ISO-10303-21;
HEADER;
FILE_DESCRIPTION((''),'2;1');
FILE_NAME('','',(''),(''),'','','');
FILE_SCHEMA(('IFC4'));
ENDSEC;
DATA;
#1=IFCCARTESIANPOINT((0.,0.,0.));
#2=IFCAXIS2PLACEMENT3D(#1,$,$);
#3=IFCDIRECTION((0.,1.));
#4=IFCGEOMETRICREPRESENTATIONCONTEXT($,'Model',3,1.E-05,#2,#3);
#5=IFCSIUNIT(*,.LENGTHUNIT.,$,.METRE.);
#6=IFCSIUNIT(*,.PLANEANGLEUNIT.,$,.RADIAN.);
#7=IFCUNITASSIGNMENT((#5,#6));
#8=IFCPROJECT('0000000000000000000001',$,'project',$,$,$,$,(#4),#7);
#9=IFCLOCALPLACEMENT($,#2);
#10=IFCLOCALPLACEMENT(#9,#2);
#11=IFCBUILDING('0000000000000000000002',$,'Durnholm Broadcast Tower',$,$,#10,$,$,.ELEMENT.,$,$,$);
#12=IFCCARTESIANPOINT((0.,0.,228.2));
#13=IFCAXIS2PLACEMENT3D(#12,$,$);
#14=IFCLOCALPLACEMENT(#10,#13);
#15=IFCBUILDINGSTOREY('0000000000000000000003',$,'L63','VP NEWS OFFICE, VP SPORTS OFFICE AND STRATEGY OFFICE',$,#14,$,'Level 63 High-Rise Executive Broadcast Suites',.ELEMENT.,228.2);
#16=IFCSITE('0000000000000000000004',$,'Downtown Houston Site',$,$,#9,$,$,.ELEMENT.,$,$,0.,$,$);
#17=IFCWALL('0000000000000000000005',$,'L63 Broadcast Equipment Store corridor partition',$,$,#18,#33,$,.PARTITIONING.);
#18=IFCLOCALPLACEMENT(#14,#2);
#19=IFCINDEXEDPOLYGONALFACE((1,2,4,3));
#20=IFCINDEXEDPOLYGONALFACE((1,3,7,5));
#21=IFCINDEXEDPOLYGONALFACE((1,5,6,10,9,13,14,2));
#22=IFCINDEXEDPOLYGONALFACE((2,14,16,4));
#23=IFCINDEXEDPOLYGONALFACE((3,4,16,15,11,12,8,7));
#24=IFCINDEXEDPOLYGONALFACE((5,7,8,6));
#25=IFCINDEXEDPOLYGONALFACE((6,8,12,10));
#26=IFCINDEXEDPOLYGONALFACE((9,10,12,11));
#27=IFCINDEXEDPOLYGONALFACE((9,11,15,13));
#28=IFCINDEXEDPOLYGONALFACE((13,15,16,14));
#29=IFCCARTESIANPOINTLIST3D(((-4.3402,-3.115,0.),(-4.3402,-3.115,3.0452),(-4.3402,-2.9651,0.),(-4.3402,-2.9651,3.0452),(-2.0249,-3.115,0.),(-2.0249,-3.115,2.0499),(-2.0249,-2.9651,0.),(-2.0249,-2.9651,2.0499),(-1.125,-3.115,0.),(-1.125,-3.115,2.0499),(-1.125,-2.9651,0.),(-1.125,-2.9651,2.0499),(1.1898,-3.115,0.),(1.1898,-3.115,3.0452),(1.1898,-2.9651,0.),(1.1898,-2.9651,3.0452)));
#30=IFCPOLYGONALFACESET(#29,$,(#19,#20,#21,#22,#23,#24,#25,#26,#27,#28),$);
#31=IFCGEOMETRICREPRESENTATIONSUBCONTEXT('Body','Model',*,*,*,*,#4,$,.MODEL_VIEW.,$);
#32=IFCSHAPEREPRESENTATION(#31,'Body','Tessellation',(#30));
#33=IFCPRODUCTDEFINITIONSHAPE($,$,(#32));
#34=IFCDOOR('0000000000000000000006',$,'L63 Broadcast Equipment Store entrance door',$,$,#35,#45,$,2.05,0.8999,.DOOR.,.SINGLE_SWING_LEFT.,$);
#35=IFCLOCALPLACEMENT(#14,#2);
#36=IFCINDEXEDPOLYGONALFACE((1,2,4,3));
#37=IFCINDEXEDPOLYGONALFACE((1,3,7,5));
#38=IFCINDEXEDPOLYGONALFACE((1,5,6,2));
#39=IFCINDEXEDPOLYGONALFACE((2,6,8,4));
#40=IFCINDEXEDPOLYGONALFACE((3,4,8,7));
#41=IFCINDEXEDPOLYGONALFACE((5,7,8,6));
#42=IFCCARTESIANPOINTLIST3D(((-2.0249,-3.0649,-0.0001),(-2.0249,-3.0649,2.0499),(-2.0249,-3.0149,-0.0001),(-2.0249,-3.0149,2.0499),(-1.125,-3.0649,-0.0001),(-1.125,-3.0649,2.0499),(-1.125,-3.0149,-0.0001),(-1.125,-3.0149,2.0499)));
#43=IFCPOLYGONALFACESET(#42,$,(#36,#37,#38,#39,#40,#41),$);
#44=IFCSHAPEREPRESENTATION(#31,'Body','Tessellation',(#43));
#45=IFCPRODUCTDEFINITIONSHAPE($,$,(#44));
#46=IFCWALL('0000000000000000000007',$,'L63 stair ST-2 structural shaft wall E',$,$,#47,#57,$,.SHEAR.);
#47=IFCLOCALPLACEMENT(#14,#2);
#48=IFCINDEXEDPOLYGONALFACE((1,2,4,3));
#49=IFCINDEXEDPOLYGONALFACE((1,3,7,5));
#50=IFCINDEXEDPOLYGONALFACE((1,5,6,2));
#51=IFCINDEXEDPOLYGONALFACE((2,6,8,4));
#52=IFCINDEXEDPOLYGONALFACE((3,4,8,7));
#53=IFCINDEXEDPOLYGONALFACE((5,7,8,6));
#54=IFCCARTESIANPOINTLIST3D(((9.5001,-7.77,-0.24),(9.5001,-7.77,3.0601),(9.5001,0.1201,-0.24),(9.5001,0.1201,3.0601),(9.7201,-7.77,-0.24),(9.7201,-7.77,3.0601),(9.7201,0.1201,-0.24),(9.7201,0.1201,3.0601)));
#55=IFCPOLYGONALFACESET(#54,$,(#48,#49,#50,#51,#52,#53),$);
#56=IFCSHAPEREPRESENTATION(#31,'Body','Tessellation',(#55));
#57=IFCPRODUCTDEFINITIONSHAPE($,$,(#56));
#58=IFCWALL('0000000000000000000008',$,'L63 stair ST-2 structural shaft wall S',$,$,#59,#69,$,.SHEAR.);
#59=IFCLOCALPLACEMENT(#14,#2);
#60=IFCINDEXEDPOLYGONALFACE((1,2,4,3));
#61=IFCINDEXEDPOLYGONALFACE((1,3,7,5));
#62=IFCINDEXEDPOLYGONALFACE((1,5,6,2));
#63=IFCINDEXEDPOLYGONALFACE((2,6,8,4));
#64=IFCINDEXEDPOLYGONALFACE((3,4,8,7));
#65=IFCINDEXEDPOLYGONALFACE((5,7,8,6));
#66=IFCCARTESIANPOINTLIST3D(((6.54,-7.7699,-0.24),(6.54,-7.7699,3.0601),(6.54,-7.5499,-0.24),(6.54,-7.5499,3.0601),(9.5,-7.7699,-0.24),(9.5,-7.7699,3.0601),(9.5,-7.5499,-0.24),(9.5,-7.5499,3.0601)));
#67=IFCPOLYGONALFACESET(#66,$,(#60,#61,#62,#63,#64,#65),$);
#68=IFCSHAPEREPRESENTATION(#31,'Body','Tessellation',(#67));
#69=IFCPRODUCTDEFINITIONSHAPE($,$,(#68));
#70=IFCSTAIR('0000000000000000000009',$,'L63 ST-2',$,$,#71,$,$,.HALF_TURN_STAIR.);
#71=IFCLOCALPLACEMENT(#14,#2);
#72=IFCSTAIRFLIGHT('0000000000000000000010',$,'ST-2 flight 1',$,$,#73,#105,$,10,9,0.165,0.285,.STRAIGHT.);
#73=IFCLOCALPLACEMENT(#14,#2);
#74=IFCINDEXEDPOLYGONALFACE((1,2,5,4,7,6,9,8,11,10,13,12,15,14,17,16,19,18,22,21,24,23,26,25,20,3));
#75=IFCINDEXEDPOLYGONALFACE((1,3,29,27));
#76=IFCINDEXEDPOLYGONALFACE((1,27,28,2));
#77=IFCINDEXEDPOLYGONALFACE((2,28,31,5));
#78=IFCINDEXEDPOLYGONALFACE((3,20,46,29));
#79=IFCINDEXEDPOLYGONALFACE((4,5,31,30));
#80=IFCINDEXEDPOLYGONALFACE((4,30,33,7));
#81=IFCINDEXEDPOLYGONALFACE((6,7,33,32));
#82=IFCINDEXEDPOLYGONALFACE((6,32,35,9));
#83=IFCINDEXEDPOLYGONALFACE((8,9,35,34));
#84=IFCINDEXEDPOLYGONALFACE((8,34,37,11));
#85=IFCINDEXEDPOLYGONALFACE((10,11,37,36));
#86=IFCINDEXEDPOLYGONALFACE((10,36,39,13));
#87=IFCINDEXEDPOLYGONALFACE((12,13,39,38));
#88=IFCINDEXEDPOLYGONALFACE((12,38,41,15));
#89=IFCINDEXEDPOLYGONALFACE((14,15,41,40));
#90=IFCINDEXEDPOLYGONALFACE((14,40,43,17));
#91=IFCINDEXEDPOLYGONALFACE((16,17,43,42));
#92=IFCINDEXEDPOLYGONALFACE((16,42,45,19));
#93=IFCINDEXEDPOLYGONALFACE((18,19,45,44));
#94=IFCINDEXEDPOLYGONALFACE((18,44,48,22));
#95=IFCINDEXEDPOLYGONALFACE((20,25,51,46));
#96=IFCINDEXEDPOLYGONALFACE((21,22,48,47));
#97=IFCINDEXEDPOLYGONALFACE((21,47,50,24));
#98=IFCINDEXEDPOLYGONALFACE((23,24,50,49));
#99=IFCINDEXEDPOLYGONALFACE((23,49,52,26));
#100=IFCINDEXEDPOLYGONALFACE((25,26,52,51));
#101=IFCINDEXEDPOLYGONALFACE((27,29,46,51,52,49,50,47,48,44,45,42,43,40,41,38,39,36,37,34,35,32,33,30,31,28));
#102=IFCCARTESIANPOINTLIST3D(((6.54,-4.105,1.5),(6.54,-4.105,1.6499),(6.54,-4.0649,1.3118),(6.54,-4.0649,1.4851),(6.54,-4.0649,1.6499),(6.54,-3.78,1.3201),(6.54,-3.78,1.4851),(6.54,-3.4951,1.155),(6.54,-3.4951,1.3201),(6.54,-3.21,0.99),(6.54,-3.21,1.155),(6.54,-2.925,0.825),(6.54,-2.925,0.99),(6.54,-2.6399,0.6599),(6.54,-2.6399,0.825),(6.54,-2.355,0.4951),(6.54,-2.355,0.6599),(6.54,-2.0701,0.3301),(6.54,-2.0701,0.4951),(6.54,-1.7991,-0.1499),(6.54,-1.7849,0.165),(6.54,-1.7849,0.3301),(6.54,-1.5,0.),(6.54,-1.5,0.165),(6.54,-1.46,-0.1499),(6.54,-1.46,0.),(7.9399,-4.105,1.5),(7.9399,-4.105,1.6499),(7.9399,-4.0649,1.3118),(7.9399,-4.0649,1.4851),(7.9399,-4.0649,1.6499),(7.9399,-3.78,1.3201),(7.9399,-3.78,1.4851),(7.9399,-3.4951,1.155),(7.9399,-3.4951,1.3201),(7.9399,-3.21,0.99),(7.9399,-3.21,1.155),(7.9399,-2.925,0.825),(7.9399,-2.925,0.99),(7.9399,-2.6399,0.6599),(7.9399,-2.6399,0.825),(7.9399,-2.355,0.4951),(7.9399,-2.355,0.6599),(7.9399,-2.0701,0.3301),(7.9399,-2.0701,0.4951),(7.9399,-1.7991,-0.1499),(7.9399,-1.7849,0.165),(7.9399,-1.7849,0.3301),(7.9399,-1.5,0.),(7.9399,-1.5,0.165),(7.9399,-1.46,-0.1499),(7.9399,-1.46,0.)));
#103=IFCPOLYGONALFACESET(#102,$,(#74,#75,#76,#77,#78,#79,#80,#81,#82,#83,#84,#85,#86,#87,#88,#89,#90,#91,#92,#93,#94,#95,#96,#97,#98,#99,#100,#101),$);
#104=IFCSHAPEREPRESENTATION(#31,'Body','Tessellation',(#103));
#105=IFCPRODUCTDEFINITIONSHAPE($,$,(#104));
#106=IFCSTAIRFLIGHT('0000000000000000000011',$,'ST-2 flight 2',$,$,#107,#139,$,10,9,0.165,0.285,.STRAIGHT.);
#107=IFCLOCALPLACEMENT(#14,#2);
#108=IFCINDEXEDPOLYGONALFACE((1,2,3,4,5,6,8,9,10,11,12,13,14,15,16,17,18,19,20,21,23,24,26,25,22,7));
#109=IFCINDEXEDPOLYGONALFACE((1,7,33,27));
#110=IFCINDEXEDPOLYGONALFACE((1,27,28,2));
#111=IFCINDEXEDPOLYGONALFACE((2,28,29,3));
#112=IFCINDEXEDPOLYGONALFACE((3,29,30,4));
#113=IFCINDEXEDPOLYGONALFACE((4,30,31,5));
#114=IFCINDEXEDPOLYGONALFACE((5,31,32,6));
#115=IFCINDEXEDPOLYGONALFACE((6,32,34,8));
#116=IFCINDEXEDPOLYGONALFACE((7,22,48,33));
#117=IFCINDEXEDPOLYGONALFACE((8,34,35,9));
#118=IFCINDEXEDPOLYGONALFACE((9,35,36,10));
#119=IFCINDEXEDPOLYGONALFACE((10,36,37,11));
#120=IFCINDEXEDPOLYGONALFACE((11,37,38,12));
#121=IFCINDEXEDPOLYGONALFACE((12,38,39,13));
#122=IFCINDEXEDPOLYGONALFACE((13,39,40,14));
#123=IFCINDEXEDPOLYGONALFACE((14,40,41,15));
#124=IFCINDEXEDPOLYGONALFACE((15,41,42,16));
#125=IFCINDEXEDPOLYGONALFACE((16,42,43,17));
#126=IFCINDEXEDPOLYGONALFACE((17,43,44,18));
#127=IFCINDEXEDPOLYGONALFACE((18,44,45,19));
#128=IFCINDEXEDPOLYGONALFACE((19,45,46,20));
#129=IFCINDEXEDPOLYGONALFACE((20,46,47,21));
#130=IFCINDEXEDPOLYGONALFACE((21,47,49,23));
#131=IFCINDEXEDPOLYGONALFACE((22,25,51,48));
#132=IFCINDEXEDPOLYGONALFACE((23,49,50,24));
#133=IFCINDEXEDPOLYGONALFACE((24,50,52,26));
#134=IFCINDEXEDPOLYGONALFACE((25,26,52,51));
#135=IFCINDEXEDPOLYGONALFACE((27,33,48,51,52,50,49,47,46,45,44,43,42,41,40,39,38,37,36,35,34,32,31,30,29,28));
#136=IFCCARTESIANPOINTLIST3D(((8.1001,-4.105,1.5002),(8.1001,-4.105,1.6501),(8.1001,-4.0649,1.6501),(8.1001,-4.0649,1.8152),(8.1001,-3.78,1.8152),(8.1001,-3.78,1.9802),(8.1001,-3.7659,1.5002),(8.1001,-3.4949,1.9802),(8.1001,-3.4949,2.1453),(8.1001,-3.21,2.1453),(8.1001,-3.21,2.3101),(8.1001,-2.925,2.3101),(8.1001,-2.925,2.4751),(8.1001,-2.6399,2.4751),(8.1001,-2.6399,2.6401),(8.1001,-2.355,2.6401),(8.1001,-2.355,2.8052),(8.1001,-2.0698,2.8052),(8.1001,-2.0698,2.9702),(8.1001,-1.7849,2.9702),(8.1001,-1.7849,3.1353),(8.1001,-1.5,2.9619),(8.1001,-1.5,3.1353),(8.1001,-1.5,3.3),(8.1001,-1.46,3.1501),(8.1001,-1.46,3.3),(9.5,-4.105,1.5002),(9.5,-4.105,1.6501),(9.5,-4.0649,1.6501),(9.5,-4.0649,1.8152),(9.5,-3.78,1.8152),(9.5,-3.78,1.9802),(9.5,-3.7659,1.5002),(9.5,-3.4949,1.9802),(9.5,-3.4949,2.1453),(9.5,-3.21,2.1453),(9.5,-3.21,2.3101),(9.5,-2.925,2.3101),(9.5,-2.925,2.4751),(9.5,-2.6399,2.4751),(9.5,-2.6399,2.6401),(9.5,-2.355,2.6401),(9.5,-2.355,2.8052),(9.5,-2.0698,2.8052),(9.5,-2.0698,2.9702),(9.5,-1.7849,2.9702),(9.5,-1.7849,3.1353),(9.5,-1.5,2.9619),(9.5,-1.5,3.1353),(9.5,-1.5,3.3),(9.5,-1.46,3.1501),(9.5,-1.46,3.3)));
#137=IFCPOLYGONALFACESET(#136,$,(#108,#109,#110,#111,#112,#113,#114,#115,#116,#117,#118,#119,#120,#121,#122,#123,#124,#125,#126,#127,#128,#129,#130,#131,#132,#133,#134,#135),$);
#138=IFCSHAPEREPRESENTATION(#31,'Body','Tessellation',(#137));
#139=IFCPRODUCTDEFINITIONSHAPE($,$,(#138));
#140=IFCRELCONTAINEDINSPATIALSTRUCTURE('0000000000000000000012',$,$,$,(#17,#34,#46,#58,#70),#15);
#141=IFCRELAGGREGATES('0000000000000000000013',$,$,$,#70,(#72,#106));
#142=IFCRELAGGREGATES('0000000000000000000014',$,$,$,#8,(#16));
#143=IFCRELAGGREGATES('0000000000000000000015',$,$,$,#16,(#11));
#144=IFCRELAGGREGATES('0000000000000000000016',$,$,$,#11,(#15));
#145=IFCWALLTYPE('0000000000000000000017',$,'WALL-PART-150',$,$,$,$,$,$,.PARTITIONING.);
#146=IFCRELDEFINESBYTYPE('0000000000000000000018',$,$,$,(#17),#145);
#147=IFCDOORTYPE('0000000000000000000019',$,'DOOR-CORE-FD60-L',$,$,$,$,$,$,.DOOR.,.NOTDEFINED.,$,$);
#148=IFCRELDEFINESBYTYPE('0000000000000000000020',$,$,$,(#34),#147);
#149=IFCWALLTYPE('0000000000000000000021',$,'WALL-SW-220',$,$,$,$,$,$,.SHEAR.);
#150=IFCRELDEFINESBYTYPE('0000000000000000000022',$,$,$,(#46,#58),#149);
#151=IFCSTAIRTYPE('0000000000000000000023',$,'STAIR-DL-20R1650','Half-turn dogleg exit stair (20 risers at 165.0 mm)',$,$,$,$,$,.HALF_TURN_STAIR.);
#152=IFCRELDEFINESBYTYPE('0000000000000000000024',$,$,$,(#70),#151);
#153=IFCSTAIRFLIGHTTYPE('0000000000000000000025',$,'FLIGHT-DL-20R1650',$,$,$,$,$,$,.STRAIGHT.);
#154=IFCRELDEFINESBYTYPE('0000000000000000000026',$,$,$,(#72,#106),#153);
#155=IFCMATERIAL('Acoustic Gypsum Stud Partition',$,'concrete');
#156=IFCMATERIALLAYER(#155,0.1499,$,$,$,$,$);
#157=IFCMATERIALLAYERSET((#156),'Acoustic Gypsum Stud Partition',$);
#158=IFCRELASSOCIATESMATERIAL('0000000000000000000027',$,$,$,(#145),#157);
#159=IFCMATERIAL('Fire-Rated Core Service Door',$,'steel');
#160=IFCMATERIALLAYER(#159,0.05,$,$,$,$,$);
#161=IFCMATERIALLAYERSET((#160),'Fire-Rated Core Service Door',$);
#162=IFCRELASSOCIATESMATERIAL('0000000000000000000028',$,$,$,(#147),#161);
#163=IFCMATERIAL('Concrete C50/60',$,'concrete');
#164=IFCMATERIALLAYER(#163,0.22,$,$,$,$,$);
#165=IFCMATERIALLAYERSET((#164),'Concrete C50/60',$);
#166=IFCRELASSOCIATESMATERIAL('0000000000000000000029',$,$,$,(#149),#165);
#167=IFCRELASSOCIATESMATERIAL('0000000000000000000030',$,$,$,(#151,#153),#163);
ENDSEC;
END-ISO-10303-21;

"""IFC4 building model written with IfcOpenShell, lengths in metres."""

from ifc_helpers import new_model, si_unit, direction, frame, frame_2d, origin, place, context, subcontext, project, spatial, polyline, rectangle, outline, extrude, source, transform, mapped, material, layer, layer_set, type_object, type_shapes, element, fill, aggregate, save


model = new_model("IFC4")

# Units and contexts
model_context = context("Model", 3, precision=1e-05, world=origin(), true_north=direction((0.0, 1.0)))
body_context = subcontext(model_context, "Body", "Model", "MODEL_VIEW")
ifc_project = project(units=[si_unit("LENGTHUNIT", "METRE"), si_unit("PLANEANGLEUNIT", "RADIAN")], contexts=[model_context])

# Site, building, storey
site_placement = place(None, origin())
site = spatial("IfcSite", under=ifc_project, at=site_placement, Name="Downtown Houston Site", CompositionType="ELEMENT", RefElevation=0.0)
building_placement = place(site_placement, origin())
building = spatial("IfcBuilding", under=site, at=building_placement, Name="Durnholm Broadcast Tower", CompositionType="ELEMENT")
storey_placement = place(building_placement, frame((0.0, 0.0, 228.2)))
storey = spatial("IfcBuildingStorey", under=building, at=storey_placement, Name="L63", Description="VP NEWS OFFICE, VP SPORTS OFFICE AND STRATEGY OFFICE", LongName="Level 63 High-Rise Executive Broadcast Suites", CompositionType="ELEMENT", Elevation=228.2)

# Wall, opening, door
ifc_material_1 = material(Name="Acoustic Gypsum Stud Partition", Category="concrete")
ifc_layer_1 = layer(ifc_material_1, 0.1499)
ifc_layer_set_1 = layer_set([ifc_layer_1], Name="Acoustic Gypsum Stud Partition")
wall_type_1 = type_object("IfcWallType", Name="WALL-PART-150", PredefinedType="PARTITIONING", material=ifc_layer_set_1)
ifc_material_2 = material(Name="Fire-Rated Core Service Door", Category="steel")
wall_1_placement = place(storey_placement, frame((1.1899, -3.04, 0.0), z_axis=(0.0, 0.0, 1.0), x_axis=(-1.0, 0.0, 0.0)))
wall_1 = element("IfcWall", 1, at=wall_1_placement, inside=storey, type_object=wall_type_1, Name="L63 Broadcast Equipment Store corridor partition", PredefinedType="PARTITIONING", context=body_context, shape_type="SweptSolid", body=[
    extrude(rectangle(XDim=5.53, YDim=0.1499, at=frame_2d((2.7651, 0.0))), origin(), (0.0, 0.0, 1.0), 3.0452),
])
opening_1_placement = place(wall_1_placement, frame((2.3149, 0.0, 0.0)))
opening_1 = element("IfcOpeningElement", 2, at=opening_1_placement, cuts=wall_1, PredefinedType="OPENING", context=body_context, shape_type="SweptSolid", body=[
    extrude(rectangle(XDim=0.8999, YDim=2.05, at=frame_2d((0.45, 1.0249))), frame((0.0, 0.085, 0.0), z_axis=(0.0, -1.0, 0.0), x_axis=(1.0, 0.0, 0.0)), (0.0, 0.0, 1.0), 0.1699),
])
ifc_layer_2 = layer(ifc_material_2, 0.05)
ifc_layer_set_2 = layer_set([ifc_layer_2], Name="Fire-Rated Core Service Door")
door_type_1 = type_object("IfcDoorType", Name="DOOR-CORE-FD60-L", OperationType="NOTDEFINED", PredefinedType="DOOR", material=ifc_layer_set_2)
shared_shape_1 = source(origin(), body_context, "Body", "SweptSolid", [
    extrude(rectangle(XDim=0.8999, YDim=2.05, at=frame_2d((0.45, 1.0249))), frame((0.0, 0.0249, 0.0), z_axis=(0.0, -1.0, 0.0), x_axis=(1.0, 0.0, 0.0)), (0.0, 0.0, 1.0), 0.05),
])
type_shapes(door_type_1, [shared_shape_1])
door_1_placement = place(opening_1_placement, origin())
door_1 = element("IfcDoor", 3, at=door_1_placement, inside=storey, type_object=door_type_1, Name="L63 Broadcast Equipment Store entrance door", OperationType="SINGLE_SWING_LEFT", OverallHeight=2.05, OverallWidth=0.8999, PredefinedType="DOOR", context=body_context, shape_type="MappedRepresentation", body=[
    mapped(shared_shape_1, transform((0.0, 0.0, 0.0), x_axis=(1.0, 0.0, 0.0), y_axis=(0.0, 1.0, 0.0), z_axis=(0.0, 0.0, 1.0), scale=1.0)),
])
fill(opening_1, door_1)

# Walls
ifc_material_3 = material(Name="Concrete C50/60", Category="concrete")
ifc_layer_3 = layer(ifc_material_3, 0.22)
ifc_layer_set_3 = layer_set([ifc_layer_3], Name="Concrete C50/60")
wall_type_2 = type_object("IfcWallType", Name="WALL-SW-220", PredefinedType="SHEAR", material=ifc_layer_set_3)
wall_2_placement = place(storey_placement, frame((9.6101, -7.77, -0.24), z_axis=(0.0, 0.0, 1.0), x_axis=(0.0, 1.0, 0.0)))
element("IfcWall", 4, at=wall_2_placement, inside=storey, type_object=wall_type_2, Name="L63 stair ST-2 structural shaft wall E", PredefinedType="SHEAR", context=body_context, shape_type="SweptSolid", body=[
    extrude(rectangle(XDim=7.8901, YDim=0.22, at=frame_2d((3.9451, 0.0))), origin(), (0.0, 0.0, 1.0), 3.3),
])
wall_3_placement = place(storey_placement, frame((6.54, -7.6599, -0.24), z_axis=(0.0, 0.0, 1.0), x_axis=(1.0, 0.0, 0.0)))
element("IfcWall", 5, at=wall_3_placement, inside=storey, type_object=wall_type_2, Name="L63 stair ST-2 structural shaft wall S", PredefinedType="SHEAR", context=body_context, shape_type="SweptSolid", body=[
    extrude(rectangle(XDim=2.96, YDim=0.22, at=frame_2d((1.48, 0.0))), origin(), (0.0, 0.0, 1.0), 3.3),
])

# Stair, stair flights
stair_type = type_object("IfcStairType", Name="STAIR-DL-20R1650", Description="Half-turn dogleg exit stair (20 risers at 165.0 mm)", PredefinedType="HALF_TURN_STAIR", material=ifc_material_3)
stair_placement = place(storey_placement, origin())
stair = element("IfcStair", 6, at=stair_placement, inside=storey, type_object=stair_type, Name="L63 ST-2", PredefinedType="HALF_TURN_STAIR")
stair_flight_type = type_object("IfcStairFlightType", Name="FLIGHT-DL-20R1650", PredefinedType="STRAIGHT", material=ifc_material_3)
stair_flight_1_placement = place(storey_placement, frame((7.24, -1.5, 0.0), z_axis=(0.0, 0.0, 1.0), x_axis=(0.0, -1.0, 0.0)))
stair_flight_1 = element("IfcStairFlight", 7, at=stair_flight_1_placement, type_object=stair_flight_type, Name="ST-2 flight 1", NumberOfRisers=10, NumberOfTreads=9, PredefinedType="STRAIGHT", RiserHeight=0.165, TreadLength=0.285, context=body_context, shape_type="SweptSolid", body=[
    extrude(outline(polyline([(-0.04, -0.1499), (-0.04, 0.0), (0.0, 0.0), (0.0, 0.165), (0.2849, 0.165), (0.2849, 0.3301), (0.5701, 0.3301), (0.5701, 0.4951), (0.855, 0.4951), (0.855, 0.6599), (1.1399, 0.6599), (1.1399, 0.825), (1.425, 0.825), (1.425, 0.99), (1.71, 0.99), (1.71, 1.155), (1.9951, 1.155), (1.9951, 1.3201), (2.28, 1.3201), (2.28, 1.4851), (2.5649, 1.4851), (2.5649, 1.6499), (2.605, 1.6499), (2.605, 1.5), (2.5649, 1.3118), (0.2991, -0.1499), (-0.04, -0.1499)])), frame((0.0, 0.7, 0.0), z_axis=(0.0, -1.0, 0.0), x_axis=(1.0, 0.0, 0.0)), (0.0, 0.0, 1.0), 1.3999),
])
stair_flight_2_placement = place(storey_placement, frame((8.8, -4.0649, 1.6501), z_axis=(0.0, 0.0, 1.0), x_axis=(0.0, 1.0, 0.0)))
stair_flight_2 = element("IfcStairFlight", 8, at=stair_flight_2_placement, type_object=stair_flight_type, Name="ST-2 flight 2", NumberOfRisers=10, NumberOfTreads=9, PredefinedType="STRAIGHT", RiserHeight=0.165, TreadLength=0.285, context=body_context, shape_type="SweptSolid", body=[
    extrude(outline(polyline([(-0.04, -0.1499), (-0.04, 0.0), (0.0, 0.0), (0.0, 0.165), (0.2849, 0.165), (0.2849, 0.3301), (0.5701, 0.3301), (0.5701, 0.4951), (0.855, 0.4951), (0.855, 0.6599), (1.1399, 0.6599), (1.1399, 0.825), (1.425, 0.825), (1.425, 0.99), (1.71, 0.99), (1.71, 1.155), (1.9951, 1.155), (1.9951, 1.3201), (2.28, 1.3201), (2.28, 1.4851), (2.5649, 1.4851), (2.5649, 1.6499), (2.605, 1.6499), (2.605, 1.5), (2.5649, 1.3118), (0.2991, -0.1499), (-0.04, -0.1499)])), frame((0.0, 0.7, 0.0), z_axis=(0.0, -1.0, 0.0), x_axis=(1.0, 0.0, 0.0)), (0.0, 0.0, 1.0), 1.3999),
])
aggregate(stair, [stair_flight_1, stair_flight_2])

save(model, "model.ifc")
